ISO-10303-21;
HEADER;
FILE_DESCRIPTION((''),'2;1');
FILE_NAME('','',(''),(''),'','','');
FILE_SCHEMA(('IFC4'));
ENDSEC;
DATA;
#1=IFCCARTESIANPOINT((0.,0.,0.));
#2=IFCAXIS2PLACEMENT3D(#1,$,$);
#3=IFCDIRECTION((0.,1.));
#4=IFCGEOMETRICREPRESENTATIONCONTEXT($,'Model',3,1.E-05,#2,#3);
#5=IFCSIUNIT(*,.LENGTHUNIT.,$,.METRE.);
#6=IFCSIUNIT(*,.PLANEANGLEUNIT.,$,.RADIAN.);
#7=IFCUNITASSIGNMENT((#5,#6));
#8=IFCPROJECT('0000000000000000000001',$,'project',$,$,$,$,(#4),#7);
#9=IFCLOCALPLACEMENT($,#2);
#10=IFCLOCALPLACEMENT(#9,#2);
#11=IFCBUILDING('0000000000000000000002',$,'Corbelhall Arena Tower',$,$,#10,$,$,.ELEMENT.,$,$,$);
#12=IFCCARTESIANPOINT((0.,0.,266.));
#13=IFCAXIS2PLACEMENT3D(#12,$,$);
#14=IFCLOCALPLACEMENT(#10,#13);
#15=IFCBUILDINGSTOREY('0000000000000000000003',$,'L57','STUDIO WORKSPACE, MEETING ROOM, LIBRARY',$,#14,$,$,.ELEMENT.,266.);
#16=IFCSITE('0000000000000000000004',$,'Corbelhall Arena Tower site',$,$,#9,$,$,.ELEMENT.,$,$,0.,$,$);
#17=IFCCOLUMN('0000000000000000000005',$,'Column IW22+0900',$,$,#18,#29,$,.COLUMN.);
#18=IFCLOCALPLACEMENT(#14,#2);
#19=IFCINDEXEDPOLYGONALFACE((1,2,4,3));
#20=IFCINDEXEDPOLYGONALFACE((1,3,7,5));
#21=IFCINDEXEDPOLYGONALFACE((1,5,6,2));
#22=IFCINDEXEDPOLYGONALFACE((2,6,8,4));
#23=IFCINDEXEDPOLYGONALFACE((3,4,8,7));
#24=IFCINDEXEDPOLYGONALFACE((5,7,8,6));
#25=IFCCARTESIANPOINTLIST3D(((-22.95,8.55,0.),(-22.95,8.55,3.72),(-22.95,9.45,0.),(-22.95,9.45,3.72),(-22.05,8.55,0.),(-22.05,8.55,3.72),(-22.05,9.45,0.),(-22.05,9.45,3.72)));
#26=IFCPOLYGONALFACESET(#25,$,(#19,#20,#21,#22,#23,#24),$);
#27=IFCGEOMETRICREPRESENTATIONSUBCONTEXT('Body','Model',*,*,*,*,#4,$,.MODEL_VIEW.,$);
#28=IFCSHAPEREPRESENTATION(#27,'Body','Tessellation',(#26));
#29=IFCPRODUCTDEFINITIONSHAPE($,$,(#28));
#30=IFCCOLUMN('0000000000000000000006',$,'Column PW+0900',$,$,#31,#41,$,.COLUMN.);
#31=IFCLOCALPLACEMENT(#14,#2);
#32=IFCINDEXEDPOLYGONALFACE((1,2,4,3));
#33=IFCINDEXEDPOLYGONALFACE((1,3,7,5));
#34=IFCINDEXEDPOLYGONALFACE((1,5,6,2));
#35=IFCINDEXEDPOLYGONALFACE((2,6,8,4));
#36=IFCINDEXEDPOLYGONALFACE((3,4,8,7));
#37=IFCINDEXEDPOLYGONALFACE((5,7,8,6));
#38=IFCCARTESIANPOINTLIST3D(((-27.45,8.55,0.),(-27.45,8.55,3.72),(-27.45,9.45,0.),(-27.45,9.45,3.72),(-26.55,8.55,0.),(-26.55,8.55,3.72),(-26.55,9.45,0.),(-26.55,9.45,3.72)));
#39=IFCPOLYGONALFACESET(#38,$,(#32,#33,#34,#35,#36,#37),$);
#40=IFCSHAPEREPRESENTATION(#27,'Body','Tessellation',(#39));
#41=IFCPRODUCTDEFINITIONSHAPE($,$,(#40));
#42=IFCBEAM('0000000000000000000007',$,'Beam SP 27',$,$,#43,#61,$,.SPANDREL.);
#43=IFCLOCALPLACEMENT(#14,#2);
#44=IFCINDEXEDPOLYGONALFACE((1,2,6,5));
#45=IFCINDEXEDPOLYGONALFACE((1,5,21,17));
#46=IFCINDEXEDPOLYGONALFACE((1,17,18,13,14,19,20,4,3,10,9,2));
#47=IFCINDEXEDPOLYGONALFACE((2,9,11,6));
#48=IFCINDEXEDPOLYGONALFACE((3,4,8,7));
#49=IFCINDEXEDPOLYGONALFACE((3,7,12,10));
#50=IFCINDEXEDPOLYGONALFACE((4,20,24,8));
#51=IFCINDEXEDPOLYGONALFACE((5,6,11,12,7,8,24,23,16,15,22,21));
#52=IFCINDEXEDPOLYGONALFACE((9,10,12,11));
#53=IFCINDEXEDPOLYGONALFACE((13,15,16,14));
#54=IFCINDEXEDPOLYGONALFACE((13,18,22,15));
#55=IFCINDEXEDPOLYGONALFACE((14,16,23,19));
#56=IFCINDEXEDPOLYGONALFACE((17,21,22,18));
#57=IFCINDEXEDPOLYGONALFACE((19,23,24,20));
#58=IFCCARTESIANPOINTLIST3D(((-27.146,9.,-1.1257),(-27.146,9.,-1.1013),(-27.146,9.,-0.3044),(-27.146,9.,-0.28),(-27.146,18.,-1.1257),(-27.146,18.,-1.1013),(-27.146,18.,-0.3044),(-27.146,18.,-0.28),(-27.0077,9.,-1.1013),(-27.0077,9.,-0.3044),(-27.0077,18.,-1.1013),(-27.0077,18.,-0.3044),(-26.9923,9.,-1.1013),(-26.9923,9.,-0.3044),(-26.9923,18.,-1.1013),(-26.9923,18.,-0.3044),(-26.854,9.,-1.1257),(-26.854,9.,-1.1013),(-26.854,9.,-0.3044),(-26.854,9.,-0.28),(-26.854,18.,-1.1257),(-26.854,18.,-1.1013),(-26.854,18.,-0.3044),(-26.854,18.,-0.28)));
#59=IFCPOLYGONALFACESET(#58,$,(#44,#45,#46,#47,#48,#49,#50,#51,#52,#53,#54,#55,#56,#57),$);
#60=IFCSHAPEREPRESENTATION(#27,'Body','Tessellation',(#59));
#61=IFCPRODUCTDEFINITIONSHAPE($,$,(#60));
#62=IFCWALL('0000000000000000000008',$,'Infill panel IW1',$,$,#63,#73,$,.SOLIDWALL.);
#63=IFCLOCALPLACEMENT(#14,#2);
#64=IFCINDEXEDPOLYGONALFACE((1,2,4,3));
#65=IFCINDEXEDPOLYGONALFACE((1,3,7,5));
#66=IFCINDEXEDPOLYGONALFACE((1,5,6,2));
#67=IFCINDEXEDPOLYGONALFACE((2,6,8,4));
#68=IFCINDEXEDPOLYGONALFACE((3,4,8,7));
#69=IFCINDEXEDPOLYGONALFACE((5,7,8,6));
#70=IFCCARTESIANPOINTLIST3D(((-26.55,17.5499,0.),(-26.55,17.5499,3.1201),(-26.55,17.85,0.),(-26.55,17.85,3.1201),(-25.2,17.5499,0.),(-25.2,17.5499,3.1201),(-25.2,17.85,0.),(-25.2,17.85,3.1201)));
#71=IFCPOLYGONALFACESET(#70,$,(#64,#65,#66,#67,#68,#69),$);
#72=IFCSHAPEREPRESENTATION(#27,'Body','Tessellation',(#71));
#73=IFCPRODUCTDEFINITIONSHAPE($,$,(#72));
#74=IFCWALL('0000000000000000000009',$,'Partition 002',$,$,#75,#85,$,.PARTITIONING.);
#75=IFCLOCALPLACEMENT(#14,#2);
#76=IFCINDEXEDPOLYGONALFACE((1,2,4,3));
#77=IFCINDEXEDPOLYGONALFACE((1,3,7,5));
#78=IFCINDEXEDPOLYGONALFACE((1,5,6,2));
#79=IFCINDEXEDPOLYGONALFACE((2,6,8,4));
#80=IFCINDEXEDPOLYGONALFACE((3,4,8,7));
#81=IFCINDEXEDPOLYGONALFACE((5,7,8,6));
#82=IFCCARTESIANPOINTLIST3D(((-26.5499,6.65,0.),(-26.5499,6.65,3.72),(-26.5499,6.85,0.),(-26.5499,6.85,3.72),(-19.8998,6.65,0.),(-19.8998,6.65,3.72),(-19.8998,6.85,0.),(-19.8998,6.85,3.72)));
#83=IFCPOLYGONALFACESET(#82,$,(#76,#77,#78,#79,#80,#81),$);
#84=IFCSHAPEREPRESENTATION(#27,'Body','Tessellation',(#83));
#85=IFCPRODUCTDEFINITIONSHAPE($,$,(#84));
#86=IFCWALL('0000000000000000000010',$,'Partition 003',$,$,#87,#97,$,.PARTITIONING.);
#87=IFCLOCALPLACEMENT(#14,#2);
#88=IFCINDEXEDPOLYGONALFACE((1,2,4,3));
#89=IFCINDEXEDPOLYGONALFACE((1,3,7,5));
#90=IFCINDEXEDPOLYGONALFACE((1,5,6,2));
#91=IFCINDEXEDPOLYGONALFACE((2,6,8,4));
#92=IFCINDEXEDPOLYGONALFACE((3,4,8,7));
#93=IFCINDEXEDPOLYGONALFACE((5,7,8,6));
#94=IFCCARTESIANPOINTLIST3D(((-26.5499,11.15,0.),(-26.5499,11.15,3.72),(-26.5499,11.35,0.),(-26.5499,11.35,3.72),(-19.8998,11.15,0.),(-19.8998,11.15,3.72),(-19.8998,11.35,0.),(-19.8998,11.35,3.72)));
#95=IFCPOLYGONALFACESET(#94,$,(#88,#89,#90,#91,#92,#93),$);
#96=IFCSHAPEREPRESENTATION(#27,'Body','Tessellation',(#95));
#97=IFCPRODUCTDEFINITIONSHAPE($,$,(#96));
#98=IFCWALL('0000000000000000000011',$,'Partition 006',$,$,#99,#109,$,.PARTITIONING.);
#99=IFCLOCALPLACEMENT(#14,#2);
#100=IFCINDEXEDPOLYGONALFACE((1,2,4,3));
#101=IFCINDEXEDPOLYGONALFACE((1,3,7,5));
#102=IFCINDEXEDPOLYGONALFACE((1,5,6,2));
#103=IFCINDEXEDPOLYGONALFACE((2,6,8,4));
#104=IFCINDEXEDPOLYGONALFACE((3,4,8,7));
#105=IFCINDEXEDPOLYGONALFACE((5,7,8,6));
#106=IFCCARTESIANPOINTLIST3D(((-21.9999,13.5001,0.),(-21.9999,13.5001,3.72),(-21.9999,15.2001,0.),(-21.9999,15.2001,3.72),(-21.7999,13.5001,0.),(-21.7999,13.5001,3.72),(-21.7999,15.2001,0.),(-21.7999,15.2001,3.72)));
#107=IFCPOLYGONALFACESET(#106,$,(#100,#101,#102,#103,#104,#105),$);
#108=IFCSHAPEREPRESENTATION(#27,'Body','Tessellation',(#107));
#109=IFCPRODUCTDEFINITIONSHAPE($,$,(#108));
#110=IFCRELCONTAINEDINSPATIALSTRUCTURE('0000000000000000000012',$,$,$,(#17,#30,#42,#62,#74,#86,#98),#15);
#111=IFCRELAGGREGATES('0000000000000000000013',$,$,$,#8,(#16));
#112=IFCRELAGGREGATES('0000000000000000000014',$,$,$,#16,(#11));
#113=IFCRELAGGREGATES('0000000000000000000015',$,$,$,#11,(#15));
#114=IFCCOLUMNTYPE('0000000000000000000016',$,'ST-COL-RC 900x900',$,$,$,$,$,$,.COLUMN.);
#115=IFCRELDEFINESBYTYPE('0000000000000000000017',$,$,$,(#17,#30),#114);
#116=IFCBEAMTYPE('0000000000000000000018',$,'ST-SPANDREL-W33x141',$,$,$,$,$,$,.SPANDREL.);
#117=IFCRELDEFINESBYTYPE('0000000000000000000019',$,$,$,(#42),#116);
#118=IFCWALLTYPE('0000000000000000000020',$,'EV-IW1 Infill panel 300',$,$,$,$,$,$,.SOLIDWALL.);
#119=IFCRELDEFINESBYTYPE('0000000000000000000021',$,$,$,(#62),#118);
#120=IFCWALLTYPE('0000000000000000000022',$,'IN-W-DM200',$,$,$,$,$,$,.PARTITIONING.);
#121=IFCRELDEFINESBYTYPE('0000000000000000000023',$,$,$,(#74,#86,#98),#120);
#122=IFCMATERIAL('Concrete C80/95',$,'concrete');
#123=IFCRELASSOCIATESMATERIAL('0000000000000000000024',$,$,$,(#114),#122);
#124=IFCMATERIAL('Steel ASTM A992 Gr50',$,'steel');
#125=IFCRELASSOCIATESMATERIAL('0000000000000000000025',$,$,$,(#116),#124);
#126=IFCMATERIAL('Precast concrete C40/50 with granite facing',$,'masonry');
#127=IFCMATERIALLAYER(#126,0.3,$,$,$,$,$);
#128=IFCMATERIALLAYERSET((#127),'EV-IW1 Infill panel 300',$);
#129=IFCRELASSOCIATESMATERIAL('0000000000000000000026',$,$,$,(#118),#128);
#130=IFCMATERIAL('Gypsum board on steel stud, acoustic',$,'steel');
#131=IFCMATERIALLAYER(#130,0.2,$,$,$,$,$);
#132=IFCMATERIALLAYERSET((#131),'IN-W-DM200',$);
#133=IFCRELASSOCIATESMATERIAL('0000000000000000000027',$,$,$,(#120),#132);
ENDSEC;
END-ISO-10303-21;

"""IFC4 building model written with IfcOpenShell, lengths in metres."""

from ifc_helpers import new_model, si_unit, direction, frame, frame_2d, origin, origin_2d, place, context, subcontext, project, spatial, rectangle, i_section, extrude, material, layer, layer_set, material_profile, profile_set, type_object, element, save


model = new_model("IFC4")

# Units and contexts
model_context = context("Model", 3, precision=1e-05, world=origin(), true_north=direction((0.0, 1.0)))
body_context = subcontext(model_context, "Body", "Model", "MODEL_VIEW")
ifc_project = project(units=[si_unit("LENGTHUNIT", "METRE"), si_unit("PLANEANGLEUNIT", "RADIAN")], contexts=[model_context])

# Site, building, storey
site_placement = place(None, origin())
site = spatial("IfcSite", under=ifc_project, at=site_placement, Name="Corbelhall Arena Tower site", CompositionType="ELEMENT", RefElevation=0.0)
building_placement = place(site_placement, origin())
building = spatial("IfcBuilding", under=site, at=building_placement, Name="Corbelhall Arena Tower", CompositionType="ELEMENT")
storey_placement = place(building_placement, frame((0.0, 0.0, 266.0)))
storey = spatial("IfcBuildingStorey", under=building, at=storey_placement, Name="L57", Description="STUDIO WORKSPACE, MEETING ROOM, LIBRARY", CompositionType="ELEMENT", Elevation=266.0)

# Columns
ifc_material_1 = material(Name="Concrete C80/95", Category="concrete")
ifc_material_profile_1 = material_profile(ifc_material_1, rectangle(XDim=0.8999, YDim=0.8999, at=origin_2d()))
ifc_profile_set_1 = profile_set([ifc_material_profile_1], Name="Concrete C80/95")
column_type = type_object("IfcColumnType", Name="ST-COL-RC 900x900", PredefinedType="COLUMN", material=ifc_profile_set_1)
for number, where, z_axis, x_axis, name in (
    (1, (-22.5, 9.0, 0.0), (0.0, 0.0, 1.0), (1.0, 0.0, 0.0), "Column IW22+0900"),
    (2, (-27.0, 9.0, 0.0), (0.0, 0.0, 1.0), (0.0, 1.0, 0.0), "Column PW+0900"),
):
    element("IfcColumn", number, at=place(storey_placement, frame(where, z_axis=z_axis, x_axis=x_axis)), inside=storey, type_object=column_type, Name=name, PredefinedType="COLUMN", context=body_context, shape_type="SweptSolid", body=[
        extrude(rectangle(XDim=0.8999, YDim=0.8999, at=origin_2d()), origin(), (0.0, 0.0, 1.0), 3.72),
    ])

# Beam
ifc_material_2 = material(Name="Steel ASTM A992 Gr50", Category="steel")
ifc_material_profile_2 = material_profile(ifc_material_2, i_section(OverallWidth=0.292, OverallDepth=0.8457, WebThickness=0.0154, FlangeThickness=0.0244, at=origin_2d()))
ifc_profile_set_2 = profile_set([ifc_material_profile_2], Name="Steel ASTM A992 Gr50")
beam_type = type_object("IfcBeamType", Name="ST-SPANDREL-W33x141", PredefinedType="SPANDREL", material=ifc_profile_set_2)
beam_placement = place(storey_placement, frame((-27.0, 9.0, -0.7029), z_axis=(0.0, 1.0, 0.0), x_axis=(-1.0, 0.0, 0.0)))
element("IfcBeam", 3, at=beam_placement, inside=storey, type_object=beam_type, Name="Beam SP 27", PredefinedType="SPANDREL", context=body_context, shape_type="SweptSolid", body=[
    extrude(i_section(OverallWidth=0.292, OverallDepth=0.8457, WebThickness=0.0154, FlangeThickness=0.0244, at=origin_2d()), origin(), (0.0, 0.0, 1.0), 9.0),
])

# Wall
ifc_material_3 = material(Name="Precast concrete C40/50 with granite facing", Category="masonry")
ifc_layer_1 = layer(ifc_material_3, 0.3)
ifc_layer_set_1 = layer_set([ifc_layer_1], Name="EV-IW1 Infill panel 300")
wall_type_1 = type_object("IfcWallType", Name="EV-IW1 Infill panel 300", PredefinedType="SOLIDWALL", material=ifc_layer_set_1)
wall_1_placement = place(storey_placement, frame((-25.2, 17.7, 0.0), z_axis=(0.0, 0.0, 1.0), x_axis=(-1.0, 0.0, 0.0)))
element("IfcWall", 4, at=wall_1_placement, inside=storey, type_object=wall_type_1, Name="Infill panel IW1", PredefinedType="SOLIDWALL", context=body_context, shape_type="SweptSolid", body=[
    extrude(rectangle(XDim=1.3501, YDim=0.3, at=frame_2d((0.675, 0.0))), origin(), (0.0, 0.0, 1.0), 3.1201),
])

# Walls
ifc_material_4 = material(Name="Gypsum board on steel stud, acoustic", Category="steel")
ifc_layer_2 = layer(ifc_material_4, 0.2)
ifc_layer_set_2 = layer_set([ifc_layer_2], Name="IN-W-DM200")
wall_type_2 = type_object("IfcWallType", Name="IN-W-DM200", PredefinedType="PARTITIONING", material=ifc_layer_set_2)
for number, where, z_axis, x_axis, name in (
    (5, (-26.55, 6.75, 0.0), (0.0, 0.0, 1.0), (1.0, 0.0, 0.0), "Partition 002"),
    (6, (-26.55, 11.25, 0.0), (0.0, 0.0, 1.0), (1.0, 0.0, 0.0), "Partition 003"),
):
    element("IfcWall", number, at=place(storey_placement, frame(where, z_axis=z_axis, x_axis=x_axis)), inside=storey, type_object=wall_type_2, Name=name, PredefinedType="PARTITIONING", context=body_context, shape_type="SweptSolid", body=[
        extrude(rectangle(XDim=6.6501, YDim=0.2, at=frame_2d((3.3252, 0.0))), origin(), (0.0, 0.0, 1.0), 3.72),
    ])
wall_2_placement = place(storey_placement, frame((-21.8999, 13.5, 0.0), z_axis=(0.0, 0.0, 1.0), x_axis=(0.0, 1.0, 0.0)))
element("IfcWall", 7, at=wall_2_placement, inside=storey, type_object=wall_type_2, Name="Partition 006", PredefinedType="PARTITIONING", context=body_context, shape_type="SweptSolid", body=[
    extrude(rectangle(XDim=1.7, YDim=0.2, at=frame_2d((0.8501, 0.0))), origin(), (0.0, 0.0, 1.0), 3.72),
])

save(model, "model.ifc")
